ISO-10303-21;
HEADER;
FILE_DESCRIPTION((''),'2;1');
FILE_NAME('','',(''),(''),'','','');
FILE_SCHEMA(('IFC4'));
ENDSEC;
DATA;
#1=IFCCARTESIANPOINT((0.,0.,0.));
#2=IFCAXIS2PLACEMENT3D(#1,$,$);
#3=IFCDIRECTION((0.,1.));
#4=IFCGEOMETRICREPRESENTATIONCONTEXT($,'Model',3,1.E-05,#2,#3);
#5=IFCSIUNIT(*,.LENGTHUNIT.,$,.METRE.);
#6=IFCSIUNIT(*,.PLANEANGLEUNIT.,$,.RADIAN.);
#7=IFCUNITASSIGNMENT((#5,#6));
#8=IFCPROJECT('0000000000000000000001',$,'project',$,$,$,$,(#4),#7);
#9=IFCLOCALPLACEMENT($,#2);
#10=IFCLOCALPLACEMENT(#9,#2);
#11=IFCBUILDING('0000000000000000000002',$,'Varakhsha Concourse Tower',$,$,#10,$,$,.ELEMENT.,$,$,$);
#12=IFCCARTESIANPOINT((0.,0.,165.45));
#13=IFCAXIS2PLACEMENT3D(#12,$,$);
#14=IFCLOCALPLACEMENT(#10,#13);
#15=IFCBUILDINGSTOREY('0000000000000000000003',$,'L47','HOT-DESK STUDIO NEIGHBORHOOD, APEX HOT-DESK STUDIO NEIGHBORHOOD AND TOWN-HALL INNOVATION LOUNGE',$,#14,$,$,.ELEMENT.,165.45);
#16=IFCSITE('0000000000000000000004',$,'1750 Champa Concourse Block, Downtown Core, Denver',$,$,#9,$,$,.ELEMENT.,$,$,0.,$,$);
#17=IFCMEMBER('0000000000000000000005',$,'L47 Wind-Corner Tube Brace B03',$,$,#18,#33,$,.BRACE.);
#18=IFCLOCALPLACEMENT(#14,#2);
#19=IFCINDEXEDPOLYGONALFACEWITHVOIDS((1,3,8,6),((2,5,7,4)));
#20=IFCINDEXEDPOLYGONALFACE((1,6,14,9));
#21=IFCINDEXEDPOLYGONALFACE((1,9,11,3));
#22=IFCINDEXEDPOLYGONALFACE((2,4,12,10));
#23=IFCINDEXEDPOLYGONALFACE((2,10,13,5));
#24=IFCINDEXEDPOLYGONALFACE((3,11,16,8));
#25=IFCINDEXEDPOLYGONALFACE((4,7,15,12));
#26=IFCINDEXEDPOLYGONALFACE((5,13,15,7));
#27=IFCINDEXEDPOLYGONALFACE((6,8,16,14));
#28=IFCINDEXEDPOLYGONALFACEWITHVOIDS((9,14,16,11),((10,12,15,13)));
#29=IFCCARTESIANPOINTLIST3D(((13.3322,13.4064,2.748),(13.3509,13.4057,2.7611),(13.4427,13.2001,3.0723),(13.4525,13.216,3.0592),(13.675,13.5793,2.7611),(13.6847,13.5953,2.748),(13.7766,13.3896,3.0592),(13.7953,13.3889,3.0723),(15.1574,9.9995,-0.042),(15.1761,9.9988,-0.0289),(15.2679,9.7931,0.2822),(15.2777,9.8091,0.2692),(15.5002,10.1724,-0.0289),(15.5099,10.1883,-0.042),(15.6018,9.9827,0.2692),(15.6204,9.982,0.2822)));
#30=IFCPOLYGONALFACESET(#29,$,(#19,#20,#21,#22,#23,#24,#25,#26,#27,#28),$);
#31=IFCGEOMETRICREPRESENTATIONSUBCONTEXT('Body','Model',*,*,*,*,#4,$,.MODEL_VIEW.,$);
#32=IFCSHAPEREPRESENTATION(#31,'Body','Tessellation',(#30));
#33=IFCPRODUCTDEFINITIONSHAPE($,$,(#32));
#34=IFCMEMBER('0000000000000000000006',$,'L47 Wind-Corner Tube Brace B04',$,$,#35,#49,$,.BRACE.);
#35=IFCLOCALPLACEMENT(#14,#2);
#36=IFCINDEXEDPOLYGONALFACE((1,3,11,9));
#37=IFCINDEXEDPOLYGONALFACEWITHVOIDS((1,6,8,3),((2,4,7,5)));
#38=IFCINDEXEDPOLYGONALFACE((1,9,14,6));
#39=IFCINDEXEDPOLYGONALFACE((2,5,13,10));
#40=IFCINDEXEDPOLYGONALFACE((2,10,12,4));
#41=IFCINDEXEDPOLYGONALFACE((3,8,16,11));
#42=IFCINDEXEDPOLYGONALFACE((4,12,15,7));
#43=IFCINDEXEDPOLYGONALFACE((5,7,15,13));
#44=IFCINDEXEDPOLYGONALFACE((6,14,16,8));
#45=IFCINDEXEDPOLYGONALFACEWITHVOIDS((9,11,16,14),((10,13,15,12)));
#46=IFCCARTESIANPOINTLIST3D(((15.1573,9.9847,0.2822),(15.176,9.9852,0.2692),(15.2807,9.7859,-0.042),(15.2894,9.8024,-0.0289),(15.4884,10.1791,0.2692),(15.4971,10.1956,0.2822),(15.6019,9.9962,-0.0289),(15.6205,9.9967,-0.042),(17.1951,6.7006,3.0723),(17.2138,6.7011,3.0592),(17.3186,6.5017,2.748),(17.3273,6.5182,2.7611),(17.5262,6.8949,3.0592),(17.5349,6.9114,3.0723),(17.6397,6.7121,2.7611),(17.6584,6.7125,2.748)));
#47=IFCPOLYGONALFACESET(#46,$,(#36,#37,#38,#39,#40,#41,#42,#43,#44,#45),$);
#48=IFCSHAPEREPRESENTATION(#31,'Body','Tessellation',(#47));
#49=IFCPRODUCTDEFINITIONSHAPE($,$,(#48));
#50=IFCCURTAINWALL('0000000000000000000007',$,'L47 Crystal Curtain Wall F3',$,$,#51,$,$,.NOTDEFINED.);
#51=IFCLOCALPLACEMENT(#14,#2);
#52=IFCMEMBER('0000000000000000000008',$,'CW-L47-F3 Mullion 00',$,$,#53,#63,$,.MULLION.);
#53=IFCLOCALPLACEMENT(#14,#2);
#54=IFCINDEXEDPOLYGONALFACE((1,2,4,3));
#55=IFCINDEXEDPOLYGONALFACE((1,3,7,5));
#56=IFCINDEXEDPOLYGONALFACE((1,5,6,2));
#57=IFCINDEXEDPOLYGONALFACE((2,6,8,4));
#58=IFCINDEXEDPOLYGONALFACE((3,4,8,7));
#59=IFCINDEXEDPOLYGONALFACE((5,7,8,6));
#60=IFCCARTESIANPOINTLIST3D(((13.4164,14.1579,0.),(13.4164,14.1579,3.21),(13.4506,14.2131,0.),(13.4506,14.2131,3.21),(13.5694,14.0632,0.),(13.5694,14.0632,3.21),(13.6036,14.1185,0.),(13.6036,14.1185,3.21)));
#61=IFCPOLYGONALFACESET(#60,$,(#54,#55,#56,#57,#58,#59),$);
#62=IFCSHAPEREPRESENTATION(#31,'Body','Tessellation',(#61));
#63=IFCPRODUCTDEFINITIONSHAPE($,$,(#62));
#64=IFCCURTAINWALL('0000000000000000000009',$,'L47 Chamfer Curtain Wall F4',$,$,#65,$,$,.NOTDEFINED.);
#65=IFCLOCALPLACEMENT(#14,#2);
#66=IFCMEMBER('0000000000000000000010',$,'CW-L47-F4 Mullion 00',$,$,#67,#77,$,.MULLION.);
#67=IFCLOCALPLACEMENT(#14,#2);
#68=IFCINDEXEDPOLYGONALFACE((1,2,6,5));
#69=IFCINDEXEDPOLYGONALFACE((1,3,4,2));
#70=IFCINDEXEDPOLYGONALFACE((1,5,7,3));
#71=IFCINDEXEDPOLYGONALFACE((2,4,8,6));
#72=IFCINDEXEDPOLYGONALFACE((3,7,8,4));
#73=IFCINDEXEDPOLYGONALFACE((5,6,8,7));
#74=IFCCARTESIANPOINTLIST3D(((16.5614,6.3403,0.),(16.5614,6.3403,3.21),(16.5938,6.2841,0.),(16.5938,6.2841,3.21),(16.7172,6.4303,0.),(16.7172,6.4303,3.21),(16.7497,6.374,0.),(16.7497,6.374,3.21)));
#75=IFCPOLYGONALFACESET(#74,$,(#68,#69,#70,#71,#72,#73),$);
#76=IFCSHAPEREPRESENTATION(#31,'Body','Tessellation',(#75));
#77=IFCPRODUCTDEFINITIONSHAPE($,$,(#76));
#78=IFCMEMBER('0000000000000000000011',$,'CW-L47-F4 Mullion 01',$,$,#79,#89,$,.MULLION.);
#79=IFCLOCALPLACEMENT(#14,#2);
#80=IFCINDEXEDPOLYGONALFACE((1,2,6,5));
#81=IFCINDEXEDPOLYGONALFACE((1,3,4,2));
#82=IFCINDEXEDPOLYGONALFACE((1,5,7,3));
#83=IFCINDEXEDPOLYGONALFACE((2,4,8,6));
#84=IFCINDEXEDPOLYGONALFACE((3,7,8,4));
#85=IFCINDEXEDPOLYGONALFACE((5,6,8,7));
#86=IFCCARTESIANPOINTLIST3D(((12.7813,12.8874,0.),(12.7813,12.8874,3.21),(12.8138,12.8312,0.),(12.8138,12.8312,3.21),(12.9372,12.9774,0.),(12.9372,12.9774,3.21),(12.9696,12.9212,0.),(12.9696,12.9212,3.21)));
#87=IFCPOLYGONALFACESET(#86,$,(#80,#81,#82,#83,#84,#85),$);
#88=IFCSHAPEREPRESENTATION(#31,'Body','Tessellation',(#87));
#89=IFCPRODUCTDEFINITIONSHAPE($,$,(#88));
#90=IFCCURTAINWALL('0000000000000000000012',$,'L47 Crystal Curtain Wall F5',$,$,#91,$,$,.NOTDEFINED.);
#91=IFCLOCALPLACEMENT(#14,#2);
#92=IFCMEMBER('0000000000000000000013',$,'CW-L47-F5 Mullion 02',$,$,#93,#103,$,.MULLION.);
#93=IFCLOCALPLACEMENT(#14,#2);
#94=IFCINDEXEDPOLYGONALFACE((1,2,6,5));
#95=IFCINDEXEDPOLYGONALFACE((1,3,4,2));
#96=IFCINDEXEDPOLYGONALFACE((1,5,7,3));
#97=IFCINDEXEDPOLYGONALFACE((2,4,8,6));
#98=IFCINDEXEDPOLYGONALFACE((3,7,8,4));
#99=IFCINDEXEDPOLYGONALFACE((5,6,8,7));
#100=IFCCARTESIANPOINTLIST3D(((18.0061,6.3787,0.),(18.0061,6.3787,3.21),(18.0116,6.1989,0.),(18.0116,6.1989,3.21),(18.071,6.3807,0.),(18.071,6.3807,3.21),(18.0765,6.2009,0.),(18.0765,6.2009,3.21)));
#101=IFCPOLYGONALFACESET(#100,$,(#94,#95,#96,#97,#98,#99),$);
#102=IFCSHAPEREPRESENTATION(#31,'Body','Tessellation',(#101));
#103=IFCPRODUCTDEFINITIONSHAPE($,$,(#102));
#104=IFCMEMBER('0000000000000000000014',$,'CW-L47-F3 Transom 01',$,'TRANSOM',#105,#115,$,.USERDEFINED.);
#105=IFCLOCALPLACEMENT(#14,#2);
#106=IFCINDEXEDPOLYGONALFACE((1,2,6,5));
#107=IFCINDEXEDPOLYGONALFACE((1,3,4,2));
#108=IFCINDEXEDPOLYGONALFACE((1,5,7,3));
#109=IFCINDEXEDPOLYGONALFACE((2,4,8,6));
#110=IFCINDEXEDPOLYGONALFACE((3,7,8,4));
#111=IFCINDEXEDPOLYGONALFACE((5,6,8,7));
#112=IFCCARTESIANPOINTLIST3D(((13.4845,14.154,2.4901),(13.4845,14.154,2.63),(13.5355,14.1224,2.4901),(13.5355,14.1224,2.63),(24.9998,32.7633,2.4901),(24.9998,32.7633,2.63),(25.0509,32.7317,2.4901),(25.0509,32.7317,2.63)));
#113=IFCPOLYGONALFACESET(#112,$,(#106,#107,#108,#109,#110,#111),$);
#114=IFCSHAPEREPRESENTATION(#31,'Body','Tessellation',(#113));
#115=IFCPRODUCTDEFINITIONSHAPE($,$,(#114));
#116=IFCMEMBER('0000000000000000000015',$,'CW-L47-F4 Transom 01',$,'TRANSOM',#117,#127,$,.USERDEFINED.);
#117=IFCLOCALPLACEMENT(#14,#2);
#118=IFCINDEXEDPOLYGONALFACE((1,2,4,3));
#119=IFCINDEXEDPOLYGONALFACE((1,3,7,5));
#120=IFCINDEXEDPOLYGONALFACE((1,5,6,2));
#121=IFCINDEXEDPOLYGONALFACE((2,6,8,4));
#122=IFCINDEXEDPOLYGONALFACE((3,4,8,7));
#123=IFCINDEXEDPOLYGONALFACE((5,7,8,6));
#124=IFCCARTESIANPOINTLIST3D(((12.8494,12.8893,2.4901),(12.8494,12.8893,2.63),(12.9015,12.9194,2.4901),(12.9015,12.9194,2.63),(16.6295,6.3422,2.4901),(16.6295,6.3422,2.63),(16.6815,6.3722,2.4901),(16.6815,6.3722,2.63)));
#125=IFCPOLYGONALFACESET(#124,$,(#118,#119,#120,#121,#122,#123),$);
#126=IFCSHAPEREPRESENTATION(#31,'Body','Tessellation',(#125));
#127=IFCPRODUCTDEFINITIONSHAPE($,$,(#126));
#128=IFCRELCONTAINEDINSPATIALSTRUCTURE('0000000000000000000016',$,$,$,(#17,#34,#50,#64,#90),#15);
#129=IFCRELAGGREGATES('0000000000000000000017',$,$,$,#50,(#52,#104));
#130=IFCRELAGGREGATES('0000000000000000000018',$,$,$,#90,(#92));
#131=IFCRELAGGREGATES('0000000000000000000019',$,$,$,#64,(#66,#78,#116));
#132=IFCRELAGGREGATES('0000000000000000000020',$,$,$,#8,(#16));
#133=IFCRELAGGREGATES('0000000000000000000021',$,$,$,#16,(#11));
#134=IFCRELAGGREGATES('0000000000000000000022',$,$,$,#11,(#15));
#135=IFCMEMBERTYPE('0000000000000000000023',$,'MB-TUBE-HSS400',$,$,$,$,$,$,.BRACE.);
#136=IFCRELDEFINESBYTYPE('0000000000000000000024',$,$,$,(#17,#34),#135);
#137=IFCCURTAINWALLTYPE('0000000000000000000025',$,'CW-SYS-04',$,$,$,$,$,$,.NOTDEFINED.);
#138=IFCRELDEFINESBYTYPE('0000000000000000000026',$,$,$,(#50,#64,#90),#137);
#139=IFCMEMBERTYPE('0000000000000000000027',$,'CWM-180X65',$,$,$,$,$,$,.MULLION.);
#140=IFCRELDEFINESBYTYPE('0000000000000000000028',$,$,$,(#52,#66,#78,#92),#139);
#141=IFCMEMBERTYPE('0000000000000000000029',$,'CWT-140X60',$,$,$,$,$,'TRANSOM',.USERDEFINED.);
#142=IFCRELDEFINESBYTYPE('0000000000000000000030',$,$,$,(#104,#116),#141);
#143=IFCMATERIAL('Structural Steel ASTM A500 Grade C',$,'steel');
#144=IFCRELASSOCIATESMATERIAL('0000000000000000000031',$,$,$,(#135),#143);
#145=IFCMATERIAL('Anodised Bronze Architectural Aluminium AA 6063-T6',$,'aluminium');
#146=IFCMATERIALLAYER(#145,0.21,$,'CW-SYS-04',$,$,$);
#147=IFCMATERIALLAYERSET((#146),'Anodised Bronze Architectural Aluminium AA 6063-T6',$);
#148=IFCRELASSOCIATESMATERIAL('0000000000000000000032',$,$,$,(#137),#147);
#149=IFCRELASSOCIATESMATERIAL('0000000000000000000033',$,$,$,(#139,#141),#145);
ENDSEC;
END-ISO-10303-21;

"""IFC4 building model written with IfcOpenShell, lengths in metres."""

from ifc_helpers import new_model, si_unit, direction, frame, origin, origin_2d, place, context, subcontext, project, spatial, rectangle, hollow_rectangle, extrude, source, transform, mapped, material, layer, layer_set, material_profile, profile_set, type_object, type_shapes, element, aggregate, save


model = new_model("IFC4")

# Units and contexts
model_context = context("Model", 3, precision=1e-05, world=origin(), true_north=direction((0.0, 1.0)))
body_context = subcontext(model_context, "Body", "Model", "MODEL_VIEW")
ifc_project = project(units=[si_unit("LENGTHUNIT", "METRE"), si_unit("PLANEANGLEUNIT", "RADIAN")], contexts=[model_context])

# Site, building, storey
site_placement = place(None, origin())
site = spatial("IfcSite", under=ifc_project, at=site_placement, Name="1750 Champa Concourse Block, Downtown Core, Denver", CompositionType="ELEMENT", RefElevation=0.0)
building_placement = place(site_placement, origin())
building = spatial("IfcBuilding", under=site, at=building_placement, Name="Varakhsha Concourse Tower", CompositionType="ELEMENT")
storey_placement = place(building_placement, frame((0.0, 0.0, 165.45)))
storey = spatial("IfcBuildingStorey", under=building, at=storey_placement, Name="L47", Description="HOT-DESK STUDIO NEIGHBORHOOD, APEX HOT-DESK STUDIO NEIGHBORHOOD AND TOWN-HALL INNOVATION LOUNGE", CompositionType="ELEMENT", Elevation=165.45)

# Members
ifc_material_1 = material(Name="Structural Steel ASTM A500 Grade C", Category="steel")
ifc_material_profile_1 = material_profile(ifc_material_1, hollow_rectangle(XDim=0.3999, YDim=0.3999, WallThickness=0.0161, at=origin_2d()), Name="HSS 400x400x16")
ifc_profile_set_1 = profile_set([ifc_material_profile_1], Name="Structural Steel ASTM A500 Grade C")
member_type_1 = type_object("IfcMemberType", Name="MB-TUBE-HSS400", PredefinedType="BRACE", material=ifc_profile_set_1)
shared_shape_1 = source(origin(), body_context, "Body", "SweptSolid", [
    extrude(hollow_rectangle(XDim=0.3999, YDim=0.3999, WallThickness=0.0161, at=origin_2d()), origin(), (0.0, 0.0, 1.0), 4.7668),
])
type_shapes(member_type_1, [shared_shape_1])
for number, where, z_axis, x_axis, name in (
    (1, (15.3889, 9.9907, 0.1201), (-0.382891, 0.714719, 0.585296), (-0.881477, -0.472227, 0.0), "L47 Wind-Corner Tube Brace B03"),
    (2, (15.3889, 9.9907, 0.1201), (0.427502, -0.688961, 0.585299), (0.849711, 0.527248, 0.0), "L47 Wind-Corner Tube Brace B04"),
):
    element("IfcMember", number, at=place(storey_placement, frame(where, z_axis=z_axis, x_axis=x_axis)), inside=storey, type_object=member_type_1, Name=name, PredefinedType="BRACE", context=body_context, shape_type="MappedRepresentation", body=[
        mapped(shared_shape_1, transform((0.0, 0.0, 0.0), scale=1.0)),
    ])

# Curtain wall, member
ifc_material_2 = material(Name="Anodised Bronze Architectural Aluminium AA 6063-T6", Category="aluminium")
ifc_layer_1 = layer(ifc_material_2, 0.21, Name="CW-SYS-04")
ifc_layer_set_1 = layer_set([ifc_layer_1], Name="Anodised Bronze Architectural Aluminium AA 6063-T6")
curtain_wall_type = type_object("IfcCurtainWallType", Name="CW-SYS-04", PredefinedType="NOTDEFINED", material=ifc_layer_set_1)
curtain_wall_1_placement = place(storey_placement, origin())
curtain_wall_1 = element("IfcCurtainWall", 3, at=curtain_wall_1_placement, inside=storey, type_object=curtain_wall_type, Name="L47 Crystal Curtain Wall F3", PredefinedType="NOTDEFINED")
ifc_material_profile_2 = material_profile(ifc_material_2, rectangle(XDim=0.0649, YDim=0.1799, at=origin_2d()), Name="CWM-180X65")
ifc_profile_set_2 = profile_set([ifc_material_profile_2], Name="Anodised Bronze Architectural Aluminium AA 6063-T6")
member_type_2 = type_object("IfcMemberType", Name="CWM-180X65", PredefinedType="MULLION", material=ifc_profile_set_2)
shared_shape_2 = source(origin(), body_context, "Body", "SweptSolid", [
    extrude(rectangle(XDim=0.0649, YDim=0.1799, at=origin_2d()), origin(), (0.0, 0.0, 1.0), 3.21),
])
type_shapes(member_type_2, [shared_shape_2])
member_1_placement = place(storey_placement, frame((13.51, 14.1382, 0.0), z_axis=(0.0, 0.0, 1.0), x_axis=(0.526199, 0.850361, 0.0)))
member_1 = element("IfcMember", 4, at=member_1_placement, type_object=member_type_2, Name="CW-L47-F3 Mullion 00", PredefinedType="MULLION", context=body_context, shape_type="MappedRepresentation", body=[
    mapped(shared_shape_2, transform((0.0, 0.0, 0.0), scale=1.0)),
])

# Curtain wall, members
curtain_wall_2_placement = place(storey_placement, origin())
curtain_wall_2 = element("IfcCurtainWall", 5, at=curtain_wall_2_placement, inside=storey, type_object=curtain_wall_type, Name="L47 Chamfer Curtain Wall F4", PredefinedType="NOTDEFINED")
member_2_placement = place(storey_placement, frame((16.6555, 6.3572, 0.0), z_axis=(0.0, 0.0, 1.0), x_axis=(-0.499991, 0.866031, 0.0)))
member_2 = element("IfcMember", 6, at=member_2_placement, type_object=member_type_2, Name="CW-L47-F4 Mullion 00", PredefinedType="MULLION", context=body_context, shape_type="MappedRepresentation", body=[
    mapped(shared_shape_2, transform((0.0, 0.0, 0.0), scale=1.0)),
])
member_3_placement = place(storey_placement, frame((12.8755, 12.9043, 0.0), z_axis=(0.0, 0.0, 1.0), x_axis=(-0.499991, 0.866031, 0.0)))
member_3 = element("IfcMember", 7, at=member_3_placement, type_object=member_type_2, Name="CW-L47-F4 Mullion 01", PredefinedType="MULLION", context=body_context, shape_type="MappedRepresentation", body=[
    mapped(shared_shape_2, transform((0.0, 0.0, 0.0), scale=1.0)),
])

# Curtain wall, member
curtain_wall_3_placement = place(storey_placement, origin())
curtain_wall_3 = element("IfcCurtainWall", 8, at=curtain_wall_3_placement, inside=storey, type_object=curtain_wall_type, Name="L47 Crystal Curtain Wall F5", PredefinedType="NOTDEFINED")
member_4_placement = place(storey_placement, frame((18.0413, 6.2898, 0.0), z_axis=(0.0, 0.0, 1.0), x_axis=(-0.999534, -0.030525, 0.0)))
member_4 = element("IfcMember", 9, at=member_4_placement, type_object=member_type_2, Name="CW-L47-F5 Mullion 02", PredefinedType="MULLION", context=body_context, shape_type="MappedRepresentation", body=[
    mapped(shared_shape_2, transform((0.0, 0.0, 0.0), scale=1.0)),
])

# Members
ifc_material_profile_3 = material_profile(ifc_material_2, rectangle(XDim=0.0601, YDim=0.1399, at=origin_2d()), Name="CWT-140X60")
ifc_profile_set_3 = profile_set([ifc_material_profile_3], Name="Anodised Bronze Architectural Aluminium AA 6063-T6")
member_type_3 = type_object("IfcMemberType", Name="CWT-140X60", ElementType="TRANSOM", PredefinedType="USERDEFINED", material=ifc_profile_set_3)
shared_shape_3 = source(origin(), body_context, "Body", "SweptSolid", [
    extrude(rectangle(XDim=0.0601, YDim=0.1399, at=origin_2d()), origin(), (0.0, 0.0, 1.0), 21.884),
])
member_5_placement = place(storey_placement, frame((13.51, 14.1382, 2.5601), z_axis=(0.526199, 0.850361, 0.0), x_axis=(-0.850361, 0.526199, 0.0)))
member_5 = element("IfcMember", 10, at=member_5_placement, type_object=member_type_3, Name="CW-L47-F3 Transom 01", ObjectType="TRANSOM", PredefinedType="USERDEFINED", context=body_context, shape_type="MappedRepresentation", body=[
    mapped(shared_shape_3, transform((0.0, 0.0, 0.0), scale=1.0)),
])
shared_shape_4 = source(origin(), body_context, "Body", "SweptSolid", [
    extrude(rectangle(XDim=0.0601, YDim=0.1399, at=origin_2d()), origin(), (0.0, 0.0, 1.0), 7.5601),
])
type_shapes(member_type_3, [shared_shape_3, shared_shape_4])
member_6_placement = place(storey_placement, frame((16.6555, 6.3572, 2.5601), z_axis=(-0.500005, 0.866023, 0.0), x_axis=(-0.866023, -0.500005, 0.0)))
member_6 = element("IfcMember", 11, at=member_6_placement, type_object=member_type_3, Name="CW-L47-F4 Transom 01", ObjectType="TRANSOM", PredefinedType="USERDEFINED", context=body_context, shape_type="MappedRepresentation", body=[
    mapped(shared_shape_4, transform((0.0, 0.0, 0.0), scale=1.0)),
])

aggregate(curtain_wall_1, [member_1, member_5])
aggregate(curtain_wall_3, [member_4])
aggregate(curtain_wall_2, [member_2, member_3, member_6])

save(model, "model.ifc")
